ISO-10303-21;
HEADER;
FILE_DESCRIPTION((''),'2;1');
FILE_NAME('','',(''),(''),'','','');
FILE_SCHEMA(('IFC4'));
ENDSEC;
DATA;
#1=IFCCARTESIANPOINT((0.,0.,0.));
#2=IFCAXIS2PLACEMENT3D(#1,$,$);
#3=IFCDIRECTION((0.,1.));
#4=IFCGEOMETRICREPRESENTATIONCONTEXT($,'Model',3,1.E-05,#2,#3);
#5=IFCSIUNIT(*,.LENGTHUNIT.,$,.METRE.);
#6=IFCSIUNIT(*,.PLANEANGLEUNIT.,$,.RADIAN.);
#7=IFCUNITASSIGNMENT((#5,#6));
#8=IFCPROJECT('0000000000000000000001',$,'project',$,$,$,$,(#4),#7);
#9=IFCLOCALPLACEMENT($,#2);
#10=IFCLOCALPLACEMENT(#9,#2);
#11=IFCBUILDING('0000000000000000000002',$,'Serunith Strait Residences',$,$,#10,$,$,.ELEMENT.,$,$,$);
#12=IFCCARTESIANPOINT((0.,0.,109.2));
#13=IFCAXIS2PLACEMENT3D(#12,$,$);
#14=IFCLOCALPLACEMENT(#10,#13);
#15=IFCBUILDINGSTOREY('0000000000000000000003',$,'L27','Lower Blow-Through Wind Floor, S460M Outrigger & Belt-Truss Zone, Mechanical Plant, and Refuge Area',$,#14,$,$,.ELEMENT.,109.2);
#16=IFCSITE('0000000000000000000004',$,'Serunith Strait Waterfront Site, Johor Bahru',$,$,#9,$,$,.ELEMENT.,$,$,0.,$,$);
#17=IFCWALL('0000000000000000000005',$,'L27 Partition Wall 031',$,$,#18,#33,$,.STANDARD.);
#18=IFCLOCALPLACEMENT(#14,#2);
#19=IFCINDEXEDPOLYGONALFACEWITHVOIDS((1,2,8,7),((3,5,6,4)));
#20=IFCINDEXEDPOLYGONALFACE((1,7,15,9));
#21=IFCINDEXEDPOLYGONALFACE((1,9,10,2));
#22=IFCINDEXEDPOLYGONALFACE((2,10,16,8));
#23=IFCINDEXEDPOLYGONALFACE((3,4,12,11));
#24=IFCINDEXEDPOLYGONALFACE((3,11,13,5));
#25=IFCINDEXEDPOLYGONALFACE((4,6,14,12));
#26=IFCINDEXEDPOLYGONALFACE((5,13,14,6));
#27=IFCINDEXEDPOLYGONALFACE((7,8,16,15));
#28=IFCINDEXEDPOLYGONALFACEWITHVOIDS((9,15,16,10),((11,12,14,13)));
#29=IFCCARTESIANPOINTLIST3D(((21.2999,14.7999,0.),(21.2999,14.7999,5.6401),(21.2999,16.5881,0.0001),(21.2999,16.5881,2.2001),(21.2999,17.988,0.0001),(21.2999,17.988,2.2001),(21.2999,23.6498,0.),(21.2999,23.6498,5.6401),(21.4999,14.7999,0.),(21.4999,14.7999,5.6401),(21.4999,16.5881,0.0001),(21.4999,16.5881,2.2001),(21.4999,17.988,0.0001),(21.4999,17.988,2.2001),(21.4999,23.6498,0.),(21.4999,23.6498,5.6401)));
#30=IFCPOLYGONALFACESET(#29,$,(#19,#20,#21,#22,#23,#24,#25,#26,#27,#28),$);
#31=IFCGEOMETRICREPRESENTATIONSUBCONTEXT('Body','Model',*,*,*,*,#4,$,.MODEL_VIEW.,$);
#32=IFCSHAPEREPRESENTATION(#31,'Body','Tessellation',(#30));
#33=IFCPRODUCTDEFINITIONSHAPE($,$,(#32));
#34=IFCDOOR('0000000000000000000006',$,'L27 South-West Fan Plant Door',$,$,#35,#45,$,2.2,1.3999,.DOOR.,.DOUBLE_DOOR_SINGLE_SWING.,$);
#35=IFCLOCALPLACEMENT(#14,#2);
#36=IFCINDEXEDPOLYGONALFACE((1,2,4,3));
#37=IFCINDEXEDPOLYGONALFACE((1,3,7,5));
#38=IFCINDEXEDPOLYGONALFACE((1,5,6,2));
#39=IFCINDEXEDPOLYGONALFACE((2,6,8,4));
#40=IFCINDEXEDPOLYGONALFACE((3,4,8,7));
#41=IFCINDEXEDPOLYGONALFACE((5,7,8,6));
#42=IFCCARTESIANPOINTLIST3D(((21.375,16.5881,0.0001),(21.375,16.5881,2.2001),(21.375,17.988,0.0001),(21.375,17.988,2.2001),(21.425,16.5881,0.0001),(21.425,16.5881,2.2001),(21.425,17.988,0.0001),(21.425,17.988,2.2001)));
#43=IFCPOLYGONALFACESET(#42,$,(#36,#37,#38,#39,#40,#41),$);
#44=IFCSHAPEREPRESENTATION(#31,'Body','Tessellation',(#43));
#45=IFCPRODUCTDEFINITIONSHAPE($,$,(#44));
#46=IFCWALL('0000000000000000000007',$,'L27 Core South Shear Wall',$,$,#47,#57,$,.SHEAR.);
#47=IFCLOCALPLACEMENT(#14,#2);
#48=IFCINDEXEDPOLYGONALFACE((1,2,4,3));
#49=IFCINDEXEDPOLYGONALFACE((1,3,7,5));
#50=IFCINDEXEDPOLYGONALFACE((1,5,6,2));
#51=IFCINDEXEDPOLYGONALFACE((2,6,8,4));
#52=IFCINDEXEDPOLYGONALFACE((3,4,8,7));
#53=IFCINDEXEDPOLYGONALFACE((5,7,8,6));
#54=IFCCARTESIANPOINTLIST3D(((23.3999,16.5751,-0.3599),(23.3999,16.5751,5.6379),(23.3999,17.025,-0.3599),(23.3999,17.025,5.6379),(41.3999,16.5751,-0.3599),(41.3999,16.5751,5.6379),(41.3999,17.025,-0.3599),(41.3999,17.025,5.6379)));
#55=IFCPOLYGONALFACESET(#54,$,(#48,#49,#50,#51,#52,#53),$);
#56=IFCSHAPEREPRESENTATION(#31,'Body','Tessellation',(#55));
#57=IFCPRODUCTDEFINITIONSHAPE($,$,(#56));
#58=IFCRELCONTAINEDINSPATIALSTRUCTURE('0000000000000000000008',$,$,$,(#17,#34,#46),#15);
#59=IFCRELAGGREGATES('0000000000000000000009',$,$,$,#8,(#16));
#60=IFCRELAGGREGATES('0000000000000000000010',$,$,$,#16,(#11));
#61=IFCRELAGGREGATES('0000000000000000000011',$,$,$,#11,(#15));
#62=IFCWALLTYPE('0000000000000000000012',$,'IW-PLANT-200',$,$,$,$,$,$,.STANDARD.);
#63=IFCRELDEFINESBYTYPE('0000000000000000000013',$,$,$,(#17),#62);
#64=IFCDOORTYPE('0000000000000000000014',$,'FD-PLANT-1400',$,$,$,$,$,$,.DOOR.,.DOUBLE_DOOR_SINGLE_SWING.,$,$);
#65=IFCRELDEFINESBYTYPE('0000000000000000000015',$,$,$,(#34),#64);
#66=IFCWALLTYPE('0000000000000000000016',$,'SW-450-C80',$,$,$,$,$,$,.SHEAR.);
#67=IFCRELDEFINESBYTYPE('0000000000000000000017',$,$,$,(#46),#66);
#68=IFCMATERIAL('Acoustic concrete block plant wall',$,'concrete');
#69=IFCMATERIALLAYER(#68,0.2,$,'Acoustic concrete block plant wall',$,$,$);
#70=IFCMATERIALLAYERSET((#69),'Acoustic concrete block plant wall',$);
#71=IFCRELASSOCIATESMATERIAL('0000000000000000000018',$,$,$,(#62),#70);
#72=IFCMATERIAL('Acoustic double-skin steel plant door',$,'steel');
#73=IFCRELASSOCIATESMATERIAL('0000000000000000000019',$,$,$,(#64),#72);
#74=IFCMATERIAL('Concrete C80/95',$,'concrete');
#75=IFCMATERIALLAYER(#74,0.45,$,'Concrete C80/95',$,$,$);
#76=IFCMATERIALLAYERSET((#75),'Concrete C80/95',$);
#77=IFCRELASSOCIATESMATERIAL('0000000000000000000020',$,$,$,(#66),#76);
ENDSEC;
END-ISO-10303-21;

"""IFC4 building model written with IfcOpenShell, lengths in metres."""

from ifc_helpers import new_model, si_unit, direction, frame, frame_2d, origin, place, context, subcontext, project, spatial, rectangle, extrude, source, transform, mapped, material, layer, layer_set, type_object, element, fill, save


model = new_model("IFC4")

# Units and contexts
model_context = context("Model", 3, precision=1e-05, world=origin(), true_north=direction((0.0, 1.0)))
body_context = subcontext(model_context, "Body", "Model", "MODEL_VIEW")
ifc_project = project(units=[si_unit("LENGTHUNIT", "METRE"), si_unit("PLANEANGLEUNIT", "RADIAN")], contexts=[model_context])

# Site, building, storey
site_placement = place(None, origin())
site = spatial("IfcSite", under=ifc_project, at=site_placement, Name="Serunith Strait Waterfront Site, Johor Bahru", CompositionType="ELEMENT", RefElevation=0.0)
building_placement = place(site_placement, origin())
building = spatial("IfcBuilding", under=site, at=building_placement, Name="Serunith Strait Residences", CompositionType="ELEMENT")
storey_placement = place(building_placement, frame((0.0, 0.0, 109.2)))
storey = spatial("IfcBuildingStorey", under=building, at=storey_placement, Name="L27", Description="Lower Blow-Through Wind Floor, S460M Outrigger & Belt-Truss Zone, Mechanical Plant, and Refuge Area", CompositionType="ELEMENT", Elevation=109.2)

# Wall, opening, door
ifc_material_1 = material(Name="Acoustic concrete block plant wall", Category="concrete")
ifc_layer_1 = layer(ifc_material_1, 0.2, Name="Acoustic concrete block plant wall")
ifc_layer_set_1 = layer_set([ifc_layer_1], Name="Acoustic concrete block plant wall")
wall_type_1 = type_object("IfcWallType", Name="IW-PLANT-200", PredefinedType="STANDARD", material=ifc_layer_set_1)
wall_1_placement = place(storey_placement, frame((21.3999, 14.8, 0.0), z_axis=(0.0, 0.0, 1.0), x_axis=(0.0, 1.0, 0.0)))
wall_1 = element("IfcWall", 1, at=wall_1_placement, inside=storey, type_object=wall_type_1, Name="L27 Partition Wall 031", PredefinedType="STANDARD", context=body_context, shape_type="SweptSolid", body=[
    extrude(rectangle(XDim=8.8499, YDim=0.2, at=frame_2d((4.4248, 0.0))), origin(), (0.0, 0.0, 1.0), 5.6401),
])
opening_placement = place(wall_1_placement, frame((1.7881, 0.0, 0.0)))
opening = element("IfcOpeningElement", 2, at=opening_placement, cuts=wall_1, PredefinedType="OPENING", context=body_context, shape_type="SweptSolid", body=[
    extrude(rectangle(XDim=1.3999, YDim=2.2, at=frame_2d((0.7, 1.1001))), frame((0.0, 0.1099, 0.0), z_axis=(0.0, -1.0, 0.0), x_axis=(1.0, 0.0, 0.0)), (0.0, 0.0, 1.0), 0.22),
])
ifc_material_2 = material(Name="Acoustic double-skin steel plant door", Category="steel")
door_type = type_object("IfcDoorType", Name="FD-PLANT-1400", OperationType="DOUBLE_DOOR_SINGLE_SWING", PredefinedType="DOOR", material=ifc_material_2)
shared_shape_1 = source(origin(), body_context, "Body", "SweptSolid", [
    extrude(rectangle(XDim=1.3999, YDim=2.2, at=frame_2d((0.7, 1.1001))), frame((0.0, 0.0249, 0.0), z_axis=(0.0, -1.0, 0.0), x_axis=(1.0, 0.0, 0.0)), (0.0, 0.0, 1.0), 0.05),
])
door_placement = place(opening_placement, origin())
door = element("IfcDoor", 3, at=door_placement, inside=storey, type_object=door_type, Name="L27 South-West Fan Plant Door", OperationType="DOUBLE_DOOR_SINGLE_SWING", OverallHeight=2.2, OverallWidth=1.3999, PredefinedType="DOOR", context=body_context, shape_type="MappedRepresentation", body=[
    mapped(shared_shape_1, transform((0.0, 0.0, 0.0), scale=1.0)),
])
fill(opening, door)

# Wall
ifc_material_3 = material(Name="Concrete C80/95", Category="concrete")
ifc_layer_2 = layer(ifc_material_3, 0.45, Name="Concrete C80/95")
ifc_layer_set_2 = layer_set([ifc_layer_2], Name="Concrete C80/95")
wall_type_2 = type_object("IfcWallType", Name="SW-450-C80", PredefinedType="SHEAR", material=ifc_layer_set_2)
wall_2_placement = place(storey_placement, frame((23.3999, 16.8, -0.3599), z_axis=(0.0, 0.0, 1.0), x_axis=(1.0, 0.0, 0.0)))
element("IfcWall", 4, at=wall_2_placement, inside=storey, type_object=wall_type_2, Name="L27 Core South Shear Wall", PredefinedType="SHEAR", context=body_context, shape_type="SweptSolid", body=[
    extrude(rectangle(XDim=18.0, YDim=0.45, at=frame_2d((9.0, 0.0))), origin(), (0.0, 0.0, 1.0), 5.9978),
])

save(model, "model.ifc")
